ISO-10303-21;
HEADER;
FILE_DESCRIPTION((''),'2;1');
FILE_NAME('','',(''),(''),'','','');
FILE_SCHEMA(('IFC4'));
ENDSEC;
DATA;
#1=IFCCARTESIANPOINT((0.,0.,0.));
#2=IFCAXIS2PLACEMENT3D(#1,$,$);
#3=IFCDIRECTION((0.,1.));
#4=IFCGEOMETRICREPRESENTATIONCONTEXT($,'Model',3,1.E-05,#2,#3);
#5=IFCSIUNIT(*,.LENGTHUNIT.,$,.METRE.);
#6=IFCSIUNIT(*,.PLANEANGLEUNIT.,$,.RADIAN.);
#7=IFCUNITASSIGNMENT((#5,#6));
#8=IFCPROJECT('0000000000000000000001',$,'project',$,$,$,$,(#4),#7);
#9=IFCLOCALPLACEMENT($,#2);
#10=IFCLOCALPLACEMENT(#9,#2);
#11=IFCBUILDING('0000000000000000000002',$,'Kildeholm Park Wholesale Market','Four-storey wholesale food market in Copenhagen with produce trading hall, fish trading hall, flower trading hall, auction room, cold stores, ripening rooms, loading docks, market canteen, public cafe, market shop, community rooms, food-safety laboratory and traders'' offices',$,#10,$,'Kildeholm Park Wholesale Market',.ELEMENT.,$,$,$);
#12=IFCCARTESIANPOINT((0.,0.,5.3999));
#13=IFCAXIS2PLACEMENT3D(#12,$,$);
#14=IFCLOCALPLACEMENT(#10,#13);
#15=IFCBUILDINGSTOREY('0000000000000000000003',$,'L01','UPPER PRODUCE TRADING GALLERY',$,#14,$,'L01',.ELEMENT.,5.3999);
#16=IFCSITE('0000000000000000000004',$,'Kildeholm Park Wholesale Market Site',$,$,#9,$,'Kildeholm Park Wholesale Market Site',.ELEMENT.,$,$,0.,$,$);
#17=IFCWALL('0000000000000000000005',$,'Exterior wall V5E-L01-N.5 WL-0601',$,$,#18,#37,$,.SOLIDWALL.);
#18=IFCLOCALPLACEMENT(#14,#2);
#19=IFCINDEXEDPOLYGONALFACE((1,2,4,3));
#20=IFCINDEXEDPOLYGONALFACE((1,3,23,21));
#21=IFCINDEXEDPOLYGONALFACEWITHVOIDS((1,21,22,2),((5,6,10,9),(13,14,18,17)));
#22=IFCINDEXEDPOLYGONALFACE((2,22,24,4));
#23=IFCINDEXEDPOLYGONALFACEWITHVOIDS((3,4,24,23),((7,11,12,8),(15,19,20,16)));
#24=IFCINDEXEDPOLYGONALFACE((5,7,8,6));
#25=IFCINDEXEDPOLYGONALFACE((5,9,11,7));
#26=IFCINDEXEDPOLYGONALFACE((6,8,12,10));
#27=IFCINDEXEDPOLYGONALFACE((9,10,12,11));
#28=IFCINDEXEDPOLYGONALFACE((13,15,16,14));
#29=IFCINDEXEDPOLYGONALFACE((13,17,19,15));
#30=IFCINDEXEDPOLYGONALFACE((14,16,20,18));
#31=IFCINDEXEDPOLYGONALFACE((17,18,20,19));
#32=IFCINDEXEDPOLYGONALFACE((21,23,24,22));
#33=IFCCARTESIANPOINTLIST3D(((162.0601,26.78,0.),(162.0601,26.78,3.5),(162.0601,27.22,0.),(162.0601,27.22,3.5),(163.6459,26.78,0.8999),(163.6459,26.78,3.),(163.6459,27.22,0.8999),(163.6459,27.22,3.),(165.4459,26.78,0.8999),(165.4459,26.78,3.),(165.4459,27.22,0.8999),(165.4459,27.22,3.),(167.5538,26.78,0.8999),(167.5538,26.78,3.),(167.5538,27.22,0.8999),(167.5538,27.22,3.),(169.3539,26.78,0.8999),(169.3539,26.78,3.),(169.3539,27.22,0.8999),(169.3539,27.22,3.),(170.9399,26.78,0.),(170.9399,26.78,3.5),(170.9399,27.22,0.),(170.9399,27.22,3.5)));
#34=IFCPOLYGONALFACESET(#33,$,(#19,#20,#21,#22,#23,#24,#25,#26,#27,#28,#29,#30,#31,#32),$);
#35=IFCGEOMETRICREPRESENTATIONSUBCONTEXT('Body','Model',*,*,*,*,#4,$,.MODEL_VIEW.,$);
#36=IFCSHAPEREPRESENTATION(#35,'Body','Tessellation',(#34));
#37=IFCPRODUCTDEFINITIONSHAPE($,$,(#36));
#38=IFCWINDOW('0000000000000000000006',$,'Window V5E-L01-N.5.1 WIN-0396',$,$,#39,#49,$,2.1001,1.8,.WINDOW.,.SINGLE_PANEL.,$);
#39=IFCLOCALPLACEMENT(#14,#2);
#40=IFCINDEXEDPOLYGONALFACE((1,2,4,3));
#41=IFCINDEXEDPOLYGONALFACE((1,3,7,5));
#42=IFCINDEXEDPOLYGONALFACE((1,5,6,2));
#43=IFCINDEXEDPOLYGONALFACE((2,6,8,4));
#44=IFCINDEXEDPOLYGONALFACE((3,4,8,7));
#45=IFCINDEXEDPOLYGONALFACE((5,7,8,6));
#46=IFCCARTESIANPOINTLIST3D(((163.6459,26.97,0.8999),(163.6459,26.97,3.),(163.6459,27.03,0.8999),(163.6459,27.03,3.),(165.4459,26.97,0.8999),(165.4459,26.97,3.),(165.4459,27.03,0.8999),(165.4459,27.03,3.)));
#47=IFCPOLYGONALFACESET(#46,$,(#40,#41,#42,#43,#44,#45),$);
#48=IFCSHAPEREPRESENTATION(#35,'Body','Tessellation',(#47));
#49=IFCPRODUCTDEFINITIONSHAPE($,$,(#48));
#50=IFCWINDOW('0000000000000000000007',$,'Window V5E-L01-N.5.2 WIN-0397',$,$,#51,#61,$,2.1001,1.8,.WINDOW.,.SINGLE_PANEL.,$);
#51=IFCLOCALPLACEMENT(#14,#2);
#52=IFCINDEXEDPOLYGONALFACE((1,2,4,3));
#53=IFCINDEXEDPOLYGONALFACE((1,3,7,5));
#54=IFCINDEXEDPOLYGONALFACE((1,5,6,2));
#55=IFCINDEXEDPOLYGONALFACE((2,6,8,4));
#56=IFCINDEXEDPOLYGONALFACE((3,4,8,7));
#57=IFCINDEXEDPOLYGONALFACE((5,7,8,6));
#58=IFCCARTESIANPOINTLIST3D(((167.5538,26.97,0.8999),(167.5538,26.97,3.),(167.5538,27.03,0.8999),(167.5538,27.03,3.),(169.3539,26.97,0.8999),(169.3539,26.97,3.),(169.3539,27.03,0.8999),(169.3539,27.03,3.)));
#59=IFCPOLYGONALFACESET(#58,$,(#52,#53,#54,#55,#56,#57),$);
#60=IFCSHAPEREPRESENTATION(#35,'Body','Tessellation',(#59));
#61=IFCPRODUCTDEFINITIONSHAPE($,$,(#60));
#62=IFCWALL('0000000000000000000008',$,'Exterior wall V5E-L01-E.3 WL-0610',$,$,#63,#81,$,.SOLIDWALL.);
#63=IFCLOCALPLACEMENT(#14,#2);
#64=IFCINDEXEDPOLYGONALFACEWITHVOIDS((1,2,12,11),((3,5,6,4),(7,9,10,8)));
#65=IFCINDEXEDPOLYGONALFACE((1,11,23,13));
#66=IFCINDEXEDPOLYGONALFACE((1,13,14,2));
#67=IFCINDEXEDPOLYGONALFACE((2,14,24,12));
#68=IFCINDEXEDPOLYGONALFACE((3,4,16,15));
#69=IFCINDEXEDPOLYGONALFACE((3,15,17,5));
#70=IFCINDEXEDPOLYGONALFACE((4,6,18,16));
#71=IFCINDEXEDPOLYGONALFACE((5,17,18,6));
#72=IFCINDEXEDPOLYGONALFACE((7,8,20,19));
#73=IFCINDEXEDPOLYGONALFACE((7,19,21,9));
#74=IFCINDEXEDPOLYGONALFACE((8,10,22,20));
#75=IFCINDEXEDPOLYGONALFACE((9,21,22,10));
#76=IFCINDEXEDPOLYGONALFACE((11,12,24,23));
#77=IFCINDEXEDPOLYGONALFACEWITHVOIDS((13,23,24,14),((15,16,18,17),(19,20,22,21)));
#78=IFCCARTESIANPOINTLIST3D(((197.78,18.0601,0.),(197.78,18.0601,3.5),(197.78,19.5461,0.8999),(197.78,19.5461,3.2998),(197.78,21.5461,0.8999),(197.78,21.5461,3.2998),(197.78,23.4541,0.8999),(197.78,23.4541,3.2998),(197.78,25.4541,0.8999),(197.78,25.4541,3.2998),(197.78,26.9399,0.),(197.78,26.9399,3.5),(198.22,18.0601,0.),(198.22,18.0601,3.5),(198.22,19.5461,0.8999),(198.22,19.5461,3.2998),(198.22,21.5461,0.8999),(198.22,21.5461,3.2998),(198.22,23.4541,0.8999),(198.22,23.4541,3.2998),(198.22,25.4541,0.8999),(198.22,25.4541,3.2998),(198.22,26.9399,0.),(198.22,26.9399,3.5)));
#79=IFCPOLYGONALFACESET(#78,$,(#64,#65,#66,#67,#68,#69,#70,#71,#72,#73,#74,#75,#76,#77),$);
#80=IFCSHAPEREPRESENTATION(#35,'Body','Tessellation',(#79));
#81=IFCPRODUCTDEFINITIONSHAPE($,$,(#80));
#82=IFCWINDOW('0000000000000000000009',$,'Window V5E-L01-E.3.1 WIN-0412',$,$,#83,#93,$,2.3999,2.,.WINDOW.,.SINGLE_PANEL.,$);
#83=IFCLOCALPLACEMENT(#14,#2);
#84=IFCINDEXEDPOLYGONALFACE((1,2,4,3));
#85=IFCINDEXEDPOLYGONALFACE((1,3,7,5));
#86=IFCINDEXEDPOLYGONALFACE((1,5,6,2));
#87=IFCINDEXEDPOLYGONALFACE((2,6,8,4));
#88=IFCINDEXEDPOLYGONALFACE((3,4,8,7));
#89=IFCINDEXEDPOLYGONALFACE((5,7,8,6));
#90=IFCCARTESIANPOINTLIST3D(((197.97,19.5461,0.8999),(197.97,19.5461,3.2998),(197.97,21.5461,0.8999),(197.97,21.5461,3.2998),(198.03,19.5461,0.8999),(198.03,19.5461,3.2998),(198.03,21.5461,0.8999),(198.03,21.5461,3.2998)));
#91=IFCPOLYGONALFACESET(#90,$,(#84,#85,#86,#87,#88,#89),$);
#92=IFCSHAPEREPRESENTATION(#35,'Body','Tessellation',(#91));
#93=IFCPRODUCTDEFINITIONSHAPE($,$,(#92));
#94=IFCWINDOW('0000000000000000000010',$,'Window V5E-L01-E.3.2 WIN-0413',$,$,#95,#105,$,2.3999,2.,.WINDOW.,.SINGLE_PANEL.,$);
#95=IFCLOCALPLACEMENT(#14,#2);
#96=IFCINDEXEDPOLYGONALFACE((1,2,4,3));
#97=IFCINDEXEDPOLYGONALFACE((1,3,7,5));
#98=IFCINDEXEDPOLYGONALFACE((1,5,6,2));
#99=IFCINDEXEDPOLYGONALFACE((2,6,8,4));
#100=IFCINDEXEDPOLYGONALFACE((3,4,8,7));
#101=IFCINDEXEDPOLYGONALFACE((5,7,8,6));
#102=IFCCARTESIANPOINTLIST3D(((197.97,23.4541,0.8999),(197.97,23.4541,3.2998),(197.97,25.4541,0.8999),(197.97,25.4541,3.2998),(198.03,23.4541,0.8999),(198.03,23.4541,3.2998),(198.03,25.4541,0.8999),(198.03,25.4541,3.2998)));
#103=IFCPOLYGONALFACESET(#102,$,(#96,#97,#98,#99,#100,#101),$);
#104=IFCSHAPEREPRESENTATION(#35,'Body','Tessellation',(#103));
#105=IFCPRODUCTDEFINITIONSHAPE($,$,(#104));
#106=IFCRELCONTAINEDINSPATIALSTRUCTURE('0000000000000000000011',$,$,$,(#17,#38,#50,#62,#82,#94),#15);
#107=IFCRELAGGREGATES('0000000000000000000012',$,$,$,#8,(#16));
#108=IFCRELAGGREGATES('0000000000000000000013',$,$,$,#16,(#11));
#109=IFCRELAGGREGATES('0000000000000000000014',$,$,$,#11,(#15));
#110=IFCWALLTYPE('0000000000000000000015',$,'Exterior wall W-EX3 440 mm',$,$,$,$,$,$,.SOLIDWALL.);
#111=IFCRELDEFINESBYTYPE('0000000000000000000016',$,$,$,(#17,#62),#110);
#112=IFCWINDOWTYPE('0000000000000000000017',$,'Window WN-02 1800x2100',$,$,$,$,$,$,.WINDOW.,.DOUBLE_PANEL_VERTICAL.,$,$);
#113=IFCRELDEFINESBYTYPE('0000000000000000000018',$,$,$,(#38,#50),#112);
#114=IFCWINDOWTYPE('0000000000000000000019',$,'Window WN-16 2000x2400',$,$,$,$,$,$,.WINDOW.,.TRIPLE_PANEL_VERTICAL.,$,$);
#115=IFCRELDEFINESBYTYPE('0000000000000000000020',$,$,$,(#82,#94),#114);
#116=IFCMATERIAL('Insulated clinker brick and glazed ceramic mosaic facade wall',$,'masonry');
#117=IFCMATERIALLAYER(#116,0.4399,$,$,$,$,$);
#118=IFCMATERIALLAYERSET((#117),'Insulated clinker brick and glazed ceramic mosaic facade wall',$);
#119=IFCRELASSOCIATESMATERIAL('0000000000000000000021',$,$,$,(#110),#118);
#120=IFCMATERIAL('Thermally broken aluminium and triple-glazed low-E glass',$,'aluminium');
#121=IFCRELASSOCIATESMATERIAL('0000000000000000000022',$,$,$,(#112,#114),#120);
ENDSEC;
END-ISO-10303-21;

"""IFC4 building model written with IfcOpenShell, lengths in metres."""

from ifc_helpers import new_model, si_unit, direction, frame, frame_2d, origin, place, context, subcontext, project, spatial, rectangle, extrude, material, layer, layer_set, type_object, element, fill, save


model = new_model("IFC4")

# Units and contexts
model_context = context("Model", 3, precision=1e-05, world=origin(), true_north=direction((0.0, 1.0)))
body_context = subcontext(model_context, "Body", "Model", "MODEL_VIEW")
ifc_project = project(units=[si_unit("LENGTHUNIT", "METRE"), si_unit("PLANEANGLEUNIT", "RADIAN")], contexts=[model_context])

# Site, building, storey
site_placement = place(None, origin())
site = spatial("IfcSite", under=ifc_project, at=site_placement, Name="Kildeholm Park Wholesale Market Site", LongName="Kildeholm Park Wholesale Market Site", CompositionType="ELEMENT", RefElevation=0.0)
building_placement = place(site_placement, origin())
building = spatial("IfcBuilding", under=site, at=building_placement, Name="Kildeholm Park Wholesale Market", Description="Four-storey wholesale food market in Copenhagen with produce trading hall, fish trading hall, flower trading hall, auction room, cold stores, ripening rooms, loading docks, market canteen, public cafe, market shop, community rooms, food-safety laboratory and traders' offices", LongName="Kildeholm Park Wholesale Market", CompositionType="ELEMENT")
storey_placement = place(building_placement, frame((0.0, 0.0, 5.3999)))
storey = spatial("IfcBuildingStorey", under=building, at=storey_placement, Name="L01", Description="UPPER PRODUCE TRADING GALLERY", LongName="L01", CompositionType="ELEMENT", Elevation=5.3999)

# Walls, openings, windows
ifc_material_1 = material(Name="Insulated clinker brick and glazed ceramic mosaic facade wall", Category="masonry")
ifc_layer = layer(ifc_material_1, 0.4399)
ifc_layer_set = layer_set([ifc_layer], Name="Insulated clinker brick and glazed ceramic mosaic facade wall")
wall_type = type_object("IfcWallType", Name="Exterior wall W-EX3 440 mm", PredefinedType="SOLIDWALL", material=ifc_layer_set)
wall_1_placement = place(storey_placement, frame((162.0601, 27.0, 0.0), z_axis=(0.0, 0.0, 1.0), x_axis=(1.0, 0.0, 0.0)))
wall_1 = element("IfcWall", 1, at=wall_1_placement, inside=storey, type_object=wall_type, Name="Exterior wall V5E-L01-N.5 WL-0601", PredefinedType="SOLIDWALL", context=body_context, shape_type="SweptSolid", body=[
    extrude(rectangle(XDim=8.8799, YDim=0.4399, at=frame_2d((4.4399, 0.0))), origin(), (0.0, 0.0, 1.0), 3.5),
])
opening_1_placement = place(wall_1_placement, frame((1.5859, 0.0, 0.8999)))
opening_1 = element("IfcOpeningElement", 2, at=opening_1_placement, cuts=wall_1, PredefinedType="OPENING", context=body_context, shape_type="SweptSolid", body=[
    extrude(rectangle(XDim=1.8, YDim=2.1001, at=frame_2d((0.8999, 1.05))), frame((0.0, 0.23, 0.0), z_axis=(0.0, -1.0, 0.0), x_axis=(1.0, 0.0, 0.0)), (0.0, 0.0, 1.0), 0.46),
])
opening_2_placement = place(wall_1_placement, frame((5.4939, 0.0, 0.8999)))
opening_2 = element("IfcOpeningElement", 3, at=opening_2_placement, cuts=wall_1, PredefinedType="OPENING", context=body_context, shape_type="SweptSolid", body=[
    extrude(rectangle(XDim=1.8, YDim=2.1001, at=frame_2d((0.8999, 1.05))), frame((0.0, 0.23, 0.0), z_axis=(0.0, -1.0, 0.0), x_axis=(1.0, 0.0, 0.0)), (0.0, 0.0, 1.0), 0.46),
])
ifc_material_2 = material(Name="Thermally broken aluminium and triple-glazed low-E glass", Category="aluminium")
window_type_1 = type_object("IfcWindowType", Name="Window WN-02 1800x2100", PartitioningType="DOUBLE_PANEL_VERTICAL", PredefinedType="WINDOW", material=ifc_material_2)
window_1_placement = place(opening_1_placement, origin())
window_1 = element("IfcWindow", 4, at=window_1_placement, inside=storey, type_object=window_type_1, Name="Window V5E-L01-N.5.1 WIN-0396", OverallHeight=2.1001, OverallWidth=1.8, PartitioningType="SINGLE_PANEL", PredefinedType="WINDOW", context=body_context, shape_type="SweptSolid", body=[
    extrude(rectangle(XDim=1.8, YDim=2.1001, at=frame_2d((0.8999, 1.05))), frame((0.0, 0.03, 0.0), z_axis=(0.0, -1.0, 0.0), x_axis=(1.0, 0.0, 0.0)), (0.0, 0.0, 1.0), 0.0601),
])
fill(opening_1, window_1)
window_2_placement = place(opening_2_placement, origin())
window_2 = element("IfcWindow", 5, at=window_2_placement, inside=storey, type_object=window_type_1, Name="Window V5E-L01-N.5.2 WIN-0397", OverallHeight=2.1001, OverallWidth=1.8, PartitioningType="SINGLE_PANEL", PredefinedType="WINDOW", context=body_context, shape_type="SweptSolid", body=[
    extrude(rectangle(XDim=1.8, YDim=2.1001, at=frame_2d((0.8999, 1.05))), frame((0.0, 0.03, 0.0), z_axis=(0.0, -1.0, 0.0), x_axis=(1.0, 0.0, 0.0)), (0.0, 0.0, 1.0), 0.0601),
])
fill(opening_2, window_2)
wall_2_placement = place(storey_placement, frame((198.0, 18.0601, 0.0), z_axis=(0.0, 0.0, 1.0), x_axis=(0.0, 1.0, 0.0)))
wall_2 = element("IfcWall", 6, at=wall_2_placement, inside=storey, type_object=wall_type, Name="Exterior wall V5E-L01-E.3 WL-0610", PredefinedType="SOLIDWALL", context=body_context, shape_type="SweptSolid", body=[
    extrude(rectangle(XDim=8.8799, YDim=0.4399, at=frame_2d((4.4399, 0.0))), origin(), (0.0, 0.0, 1.0), 3.5),
])
opening_3_placement = place(wall_2_placement, frame((1.4861, 0.0, 0.8999)))
opening_3 = element("IfcOpeningElement", 7, at=opening_3_placement, cuts=wall_2, PredefinedType="OPENING", context=body_context, shape_type="SweptSolid", body=[
    extrude(rectangle(XDim=2.0, YDim=2.3999, at=frame_2d((1.0, 1.2))), frame((0.0, 0.23, 0.0), z_axis=(0.0, -1.0, 0.0), x_axis=(1.0, 0.0, 0.0)), (0.0, 0.0, 1.0), 0.46),
])
opening_4_placement = place(wall_2_placement, frame((5.394, 0.0, 0.8999)))
opening_4 = element("IfcOpeningElement", 8, at=opening_4_placement, cuts=wall_2, PredefinedType="OPENING", context=body_context, shape_type="SweptSolid", body=[
    extrude(rectangle(XDim=2.0, YDim=2.3999, at=frame_2d((1.0, 1.2))), frame((0.0, 0.23, 0.0), z_axis=(0.0, -1.0, 0.0), x_axis=(1.0, 0.0, 0.0)), (0.0, 0.0, 1.0), 0.46),
])
window_type_2 = type_object("IfcWindowType", Name="Window WN-16 2000x2400", PartitioningType="TRIPLE_PANEL_VERTICAL", PredefinedType="WINDOW", material=ifc_material_2)
window_3_placement = place(opening_3_placement, origin())
window_3 = element("IfcWindow", 9, at=window_3_placement, inside=storey, type_object=window_type_2, Name="Window V5E-L01-E.3.1 WIN-0412", OverallHeight=2.3999, OverallWidth=2.0, PartitioningType="SINGLE_PANEL", PredefinedType="WINDOW", context=body_context, shape_type="SweptSolid", body=[
    extrude(rectangle(XDim=2.0, YDim=2.3999, at=frame_2d((1.0, 1.2))), frame((0.0, 0.03, 0.0), z_axis=(0.0, -1.0, 0.0), x_axis=(1.0, 0.0, 0.0)), (0.0, 0.0, 1.0), 0.0601),
])
fill(opening_3, window_3)
window_4_placement = place(opening_4_placement, origin())
window_4 = element("IfcWindow", 10, at=window_4_placement, inside=storey, type_object=window_type_2, Name="Window V5E-L01-E.3.2 WIN-0413", OverallHeight=2.3999, OverallWidth=2.0, PartitioningType="SINGLE_PANEL", PredefinedType="WINDOW", context=body_context, shape_type="SweptSolid", body=[
    extrude(rectangle(XDim=2.0, YDim=2.3999, at=frame_2d((1.0, 1.2))), frame((0.0, 0.03, 0.0), z_axis=(0.0, -1.0, 0.0), x_axis=(1.0, 0.0, 0.0)), (0.0, 0.0, 1.0), 0.0601),
])
fill(opening_4, window_4)

save(model, "model.ifc")
